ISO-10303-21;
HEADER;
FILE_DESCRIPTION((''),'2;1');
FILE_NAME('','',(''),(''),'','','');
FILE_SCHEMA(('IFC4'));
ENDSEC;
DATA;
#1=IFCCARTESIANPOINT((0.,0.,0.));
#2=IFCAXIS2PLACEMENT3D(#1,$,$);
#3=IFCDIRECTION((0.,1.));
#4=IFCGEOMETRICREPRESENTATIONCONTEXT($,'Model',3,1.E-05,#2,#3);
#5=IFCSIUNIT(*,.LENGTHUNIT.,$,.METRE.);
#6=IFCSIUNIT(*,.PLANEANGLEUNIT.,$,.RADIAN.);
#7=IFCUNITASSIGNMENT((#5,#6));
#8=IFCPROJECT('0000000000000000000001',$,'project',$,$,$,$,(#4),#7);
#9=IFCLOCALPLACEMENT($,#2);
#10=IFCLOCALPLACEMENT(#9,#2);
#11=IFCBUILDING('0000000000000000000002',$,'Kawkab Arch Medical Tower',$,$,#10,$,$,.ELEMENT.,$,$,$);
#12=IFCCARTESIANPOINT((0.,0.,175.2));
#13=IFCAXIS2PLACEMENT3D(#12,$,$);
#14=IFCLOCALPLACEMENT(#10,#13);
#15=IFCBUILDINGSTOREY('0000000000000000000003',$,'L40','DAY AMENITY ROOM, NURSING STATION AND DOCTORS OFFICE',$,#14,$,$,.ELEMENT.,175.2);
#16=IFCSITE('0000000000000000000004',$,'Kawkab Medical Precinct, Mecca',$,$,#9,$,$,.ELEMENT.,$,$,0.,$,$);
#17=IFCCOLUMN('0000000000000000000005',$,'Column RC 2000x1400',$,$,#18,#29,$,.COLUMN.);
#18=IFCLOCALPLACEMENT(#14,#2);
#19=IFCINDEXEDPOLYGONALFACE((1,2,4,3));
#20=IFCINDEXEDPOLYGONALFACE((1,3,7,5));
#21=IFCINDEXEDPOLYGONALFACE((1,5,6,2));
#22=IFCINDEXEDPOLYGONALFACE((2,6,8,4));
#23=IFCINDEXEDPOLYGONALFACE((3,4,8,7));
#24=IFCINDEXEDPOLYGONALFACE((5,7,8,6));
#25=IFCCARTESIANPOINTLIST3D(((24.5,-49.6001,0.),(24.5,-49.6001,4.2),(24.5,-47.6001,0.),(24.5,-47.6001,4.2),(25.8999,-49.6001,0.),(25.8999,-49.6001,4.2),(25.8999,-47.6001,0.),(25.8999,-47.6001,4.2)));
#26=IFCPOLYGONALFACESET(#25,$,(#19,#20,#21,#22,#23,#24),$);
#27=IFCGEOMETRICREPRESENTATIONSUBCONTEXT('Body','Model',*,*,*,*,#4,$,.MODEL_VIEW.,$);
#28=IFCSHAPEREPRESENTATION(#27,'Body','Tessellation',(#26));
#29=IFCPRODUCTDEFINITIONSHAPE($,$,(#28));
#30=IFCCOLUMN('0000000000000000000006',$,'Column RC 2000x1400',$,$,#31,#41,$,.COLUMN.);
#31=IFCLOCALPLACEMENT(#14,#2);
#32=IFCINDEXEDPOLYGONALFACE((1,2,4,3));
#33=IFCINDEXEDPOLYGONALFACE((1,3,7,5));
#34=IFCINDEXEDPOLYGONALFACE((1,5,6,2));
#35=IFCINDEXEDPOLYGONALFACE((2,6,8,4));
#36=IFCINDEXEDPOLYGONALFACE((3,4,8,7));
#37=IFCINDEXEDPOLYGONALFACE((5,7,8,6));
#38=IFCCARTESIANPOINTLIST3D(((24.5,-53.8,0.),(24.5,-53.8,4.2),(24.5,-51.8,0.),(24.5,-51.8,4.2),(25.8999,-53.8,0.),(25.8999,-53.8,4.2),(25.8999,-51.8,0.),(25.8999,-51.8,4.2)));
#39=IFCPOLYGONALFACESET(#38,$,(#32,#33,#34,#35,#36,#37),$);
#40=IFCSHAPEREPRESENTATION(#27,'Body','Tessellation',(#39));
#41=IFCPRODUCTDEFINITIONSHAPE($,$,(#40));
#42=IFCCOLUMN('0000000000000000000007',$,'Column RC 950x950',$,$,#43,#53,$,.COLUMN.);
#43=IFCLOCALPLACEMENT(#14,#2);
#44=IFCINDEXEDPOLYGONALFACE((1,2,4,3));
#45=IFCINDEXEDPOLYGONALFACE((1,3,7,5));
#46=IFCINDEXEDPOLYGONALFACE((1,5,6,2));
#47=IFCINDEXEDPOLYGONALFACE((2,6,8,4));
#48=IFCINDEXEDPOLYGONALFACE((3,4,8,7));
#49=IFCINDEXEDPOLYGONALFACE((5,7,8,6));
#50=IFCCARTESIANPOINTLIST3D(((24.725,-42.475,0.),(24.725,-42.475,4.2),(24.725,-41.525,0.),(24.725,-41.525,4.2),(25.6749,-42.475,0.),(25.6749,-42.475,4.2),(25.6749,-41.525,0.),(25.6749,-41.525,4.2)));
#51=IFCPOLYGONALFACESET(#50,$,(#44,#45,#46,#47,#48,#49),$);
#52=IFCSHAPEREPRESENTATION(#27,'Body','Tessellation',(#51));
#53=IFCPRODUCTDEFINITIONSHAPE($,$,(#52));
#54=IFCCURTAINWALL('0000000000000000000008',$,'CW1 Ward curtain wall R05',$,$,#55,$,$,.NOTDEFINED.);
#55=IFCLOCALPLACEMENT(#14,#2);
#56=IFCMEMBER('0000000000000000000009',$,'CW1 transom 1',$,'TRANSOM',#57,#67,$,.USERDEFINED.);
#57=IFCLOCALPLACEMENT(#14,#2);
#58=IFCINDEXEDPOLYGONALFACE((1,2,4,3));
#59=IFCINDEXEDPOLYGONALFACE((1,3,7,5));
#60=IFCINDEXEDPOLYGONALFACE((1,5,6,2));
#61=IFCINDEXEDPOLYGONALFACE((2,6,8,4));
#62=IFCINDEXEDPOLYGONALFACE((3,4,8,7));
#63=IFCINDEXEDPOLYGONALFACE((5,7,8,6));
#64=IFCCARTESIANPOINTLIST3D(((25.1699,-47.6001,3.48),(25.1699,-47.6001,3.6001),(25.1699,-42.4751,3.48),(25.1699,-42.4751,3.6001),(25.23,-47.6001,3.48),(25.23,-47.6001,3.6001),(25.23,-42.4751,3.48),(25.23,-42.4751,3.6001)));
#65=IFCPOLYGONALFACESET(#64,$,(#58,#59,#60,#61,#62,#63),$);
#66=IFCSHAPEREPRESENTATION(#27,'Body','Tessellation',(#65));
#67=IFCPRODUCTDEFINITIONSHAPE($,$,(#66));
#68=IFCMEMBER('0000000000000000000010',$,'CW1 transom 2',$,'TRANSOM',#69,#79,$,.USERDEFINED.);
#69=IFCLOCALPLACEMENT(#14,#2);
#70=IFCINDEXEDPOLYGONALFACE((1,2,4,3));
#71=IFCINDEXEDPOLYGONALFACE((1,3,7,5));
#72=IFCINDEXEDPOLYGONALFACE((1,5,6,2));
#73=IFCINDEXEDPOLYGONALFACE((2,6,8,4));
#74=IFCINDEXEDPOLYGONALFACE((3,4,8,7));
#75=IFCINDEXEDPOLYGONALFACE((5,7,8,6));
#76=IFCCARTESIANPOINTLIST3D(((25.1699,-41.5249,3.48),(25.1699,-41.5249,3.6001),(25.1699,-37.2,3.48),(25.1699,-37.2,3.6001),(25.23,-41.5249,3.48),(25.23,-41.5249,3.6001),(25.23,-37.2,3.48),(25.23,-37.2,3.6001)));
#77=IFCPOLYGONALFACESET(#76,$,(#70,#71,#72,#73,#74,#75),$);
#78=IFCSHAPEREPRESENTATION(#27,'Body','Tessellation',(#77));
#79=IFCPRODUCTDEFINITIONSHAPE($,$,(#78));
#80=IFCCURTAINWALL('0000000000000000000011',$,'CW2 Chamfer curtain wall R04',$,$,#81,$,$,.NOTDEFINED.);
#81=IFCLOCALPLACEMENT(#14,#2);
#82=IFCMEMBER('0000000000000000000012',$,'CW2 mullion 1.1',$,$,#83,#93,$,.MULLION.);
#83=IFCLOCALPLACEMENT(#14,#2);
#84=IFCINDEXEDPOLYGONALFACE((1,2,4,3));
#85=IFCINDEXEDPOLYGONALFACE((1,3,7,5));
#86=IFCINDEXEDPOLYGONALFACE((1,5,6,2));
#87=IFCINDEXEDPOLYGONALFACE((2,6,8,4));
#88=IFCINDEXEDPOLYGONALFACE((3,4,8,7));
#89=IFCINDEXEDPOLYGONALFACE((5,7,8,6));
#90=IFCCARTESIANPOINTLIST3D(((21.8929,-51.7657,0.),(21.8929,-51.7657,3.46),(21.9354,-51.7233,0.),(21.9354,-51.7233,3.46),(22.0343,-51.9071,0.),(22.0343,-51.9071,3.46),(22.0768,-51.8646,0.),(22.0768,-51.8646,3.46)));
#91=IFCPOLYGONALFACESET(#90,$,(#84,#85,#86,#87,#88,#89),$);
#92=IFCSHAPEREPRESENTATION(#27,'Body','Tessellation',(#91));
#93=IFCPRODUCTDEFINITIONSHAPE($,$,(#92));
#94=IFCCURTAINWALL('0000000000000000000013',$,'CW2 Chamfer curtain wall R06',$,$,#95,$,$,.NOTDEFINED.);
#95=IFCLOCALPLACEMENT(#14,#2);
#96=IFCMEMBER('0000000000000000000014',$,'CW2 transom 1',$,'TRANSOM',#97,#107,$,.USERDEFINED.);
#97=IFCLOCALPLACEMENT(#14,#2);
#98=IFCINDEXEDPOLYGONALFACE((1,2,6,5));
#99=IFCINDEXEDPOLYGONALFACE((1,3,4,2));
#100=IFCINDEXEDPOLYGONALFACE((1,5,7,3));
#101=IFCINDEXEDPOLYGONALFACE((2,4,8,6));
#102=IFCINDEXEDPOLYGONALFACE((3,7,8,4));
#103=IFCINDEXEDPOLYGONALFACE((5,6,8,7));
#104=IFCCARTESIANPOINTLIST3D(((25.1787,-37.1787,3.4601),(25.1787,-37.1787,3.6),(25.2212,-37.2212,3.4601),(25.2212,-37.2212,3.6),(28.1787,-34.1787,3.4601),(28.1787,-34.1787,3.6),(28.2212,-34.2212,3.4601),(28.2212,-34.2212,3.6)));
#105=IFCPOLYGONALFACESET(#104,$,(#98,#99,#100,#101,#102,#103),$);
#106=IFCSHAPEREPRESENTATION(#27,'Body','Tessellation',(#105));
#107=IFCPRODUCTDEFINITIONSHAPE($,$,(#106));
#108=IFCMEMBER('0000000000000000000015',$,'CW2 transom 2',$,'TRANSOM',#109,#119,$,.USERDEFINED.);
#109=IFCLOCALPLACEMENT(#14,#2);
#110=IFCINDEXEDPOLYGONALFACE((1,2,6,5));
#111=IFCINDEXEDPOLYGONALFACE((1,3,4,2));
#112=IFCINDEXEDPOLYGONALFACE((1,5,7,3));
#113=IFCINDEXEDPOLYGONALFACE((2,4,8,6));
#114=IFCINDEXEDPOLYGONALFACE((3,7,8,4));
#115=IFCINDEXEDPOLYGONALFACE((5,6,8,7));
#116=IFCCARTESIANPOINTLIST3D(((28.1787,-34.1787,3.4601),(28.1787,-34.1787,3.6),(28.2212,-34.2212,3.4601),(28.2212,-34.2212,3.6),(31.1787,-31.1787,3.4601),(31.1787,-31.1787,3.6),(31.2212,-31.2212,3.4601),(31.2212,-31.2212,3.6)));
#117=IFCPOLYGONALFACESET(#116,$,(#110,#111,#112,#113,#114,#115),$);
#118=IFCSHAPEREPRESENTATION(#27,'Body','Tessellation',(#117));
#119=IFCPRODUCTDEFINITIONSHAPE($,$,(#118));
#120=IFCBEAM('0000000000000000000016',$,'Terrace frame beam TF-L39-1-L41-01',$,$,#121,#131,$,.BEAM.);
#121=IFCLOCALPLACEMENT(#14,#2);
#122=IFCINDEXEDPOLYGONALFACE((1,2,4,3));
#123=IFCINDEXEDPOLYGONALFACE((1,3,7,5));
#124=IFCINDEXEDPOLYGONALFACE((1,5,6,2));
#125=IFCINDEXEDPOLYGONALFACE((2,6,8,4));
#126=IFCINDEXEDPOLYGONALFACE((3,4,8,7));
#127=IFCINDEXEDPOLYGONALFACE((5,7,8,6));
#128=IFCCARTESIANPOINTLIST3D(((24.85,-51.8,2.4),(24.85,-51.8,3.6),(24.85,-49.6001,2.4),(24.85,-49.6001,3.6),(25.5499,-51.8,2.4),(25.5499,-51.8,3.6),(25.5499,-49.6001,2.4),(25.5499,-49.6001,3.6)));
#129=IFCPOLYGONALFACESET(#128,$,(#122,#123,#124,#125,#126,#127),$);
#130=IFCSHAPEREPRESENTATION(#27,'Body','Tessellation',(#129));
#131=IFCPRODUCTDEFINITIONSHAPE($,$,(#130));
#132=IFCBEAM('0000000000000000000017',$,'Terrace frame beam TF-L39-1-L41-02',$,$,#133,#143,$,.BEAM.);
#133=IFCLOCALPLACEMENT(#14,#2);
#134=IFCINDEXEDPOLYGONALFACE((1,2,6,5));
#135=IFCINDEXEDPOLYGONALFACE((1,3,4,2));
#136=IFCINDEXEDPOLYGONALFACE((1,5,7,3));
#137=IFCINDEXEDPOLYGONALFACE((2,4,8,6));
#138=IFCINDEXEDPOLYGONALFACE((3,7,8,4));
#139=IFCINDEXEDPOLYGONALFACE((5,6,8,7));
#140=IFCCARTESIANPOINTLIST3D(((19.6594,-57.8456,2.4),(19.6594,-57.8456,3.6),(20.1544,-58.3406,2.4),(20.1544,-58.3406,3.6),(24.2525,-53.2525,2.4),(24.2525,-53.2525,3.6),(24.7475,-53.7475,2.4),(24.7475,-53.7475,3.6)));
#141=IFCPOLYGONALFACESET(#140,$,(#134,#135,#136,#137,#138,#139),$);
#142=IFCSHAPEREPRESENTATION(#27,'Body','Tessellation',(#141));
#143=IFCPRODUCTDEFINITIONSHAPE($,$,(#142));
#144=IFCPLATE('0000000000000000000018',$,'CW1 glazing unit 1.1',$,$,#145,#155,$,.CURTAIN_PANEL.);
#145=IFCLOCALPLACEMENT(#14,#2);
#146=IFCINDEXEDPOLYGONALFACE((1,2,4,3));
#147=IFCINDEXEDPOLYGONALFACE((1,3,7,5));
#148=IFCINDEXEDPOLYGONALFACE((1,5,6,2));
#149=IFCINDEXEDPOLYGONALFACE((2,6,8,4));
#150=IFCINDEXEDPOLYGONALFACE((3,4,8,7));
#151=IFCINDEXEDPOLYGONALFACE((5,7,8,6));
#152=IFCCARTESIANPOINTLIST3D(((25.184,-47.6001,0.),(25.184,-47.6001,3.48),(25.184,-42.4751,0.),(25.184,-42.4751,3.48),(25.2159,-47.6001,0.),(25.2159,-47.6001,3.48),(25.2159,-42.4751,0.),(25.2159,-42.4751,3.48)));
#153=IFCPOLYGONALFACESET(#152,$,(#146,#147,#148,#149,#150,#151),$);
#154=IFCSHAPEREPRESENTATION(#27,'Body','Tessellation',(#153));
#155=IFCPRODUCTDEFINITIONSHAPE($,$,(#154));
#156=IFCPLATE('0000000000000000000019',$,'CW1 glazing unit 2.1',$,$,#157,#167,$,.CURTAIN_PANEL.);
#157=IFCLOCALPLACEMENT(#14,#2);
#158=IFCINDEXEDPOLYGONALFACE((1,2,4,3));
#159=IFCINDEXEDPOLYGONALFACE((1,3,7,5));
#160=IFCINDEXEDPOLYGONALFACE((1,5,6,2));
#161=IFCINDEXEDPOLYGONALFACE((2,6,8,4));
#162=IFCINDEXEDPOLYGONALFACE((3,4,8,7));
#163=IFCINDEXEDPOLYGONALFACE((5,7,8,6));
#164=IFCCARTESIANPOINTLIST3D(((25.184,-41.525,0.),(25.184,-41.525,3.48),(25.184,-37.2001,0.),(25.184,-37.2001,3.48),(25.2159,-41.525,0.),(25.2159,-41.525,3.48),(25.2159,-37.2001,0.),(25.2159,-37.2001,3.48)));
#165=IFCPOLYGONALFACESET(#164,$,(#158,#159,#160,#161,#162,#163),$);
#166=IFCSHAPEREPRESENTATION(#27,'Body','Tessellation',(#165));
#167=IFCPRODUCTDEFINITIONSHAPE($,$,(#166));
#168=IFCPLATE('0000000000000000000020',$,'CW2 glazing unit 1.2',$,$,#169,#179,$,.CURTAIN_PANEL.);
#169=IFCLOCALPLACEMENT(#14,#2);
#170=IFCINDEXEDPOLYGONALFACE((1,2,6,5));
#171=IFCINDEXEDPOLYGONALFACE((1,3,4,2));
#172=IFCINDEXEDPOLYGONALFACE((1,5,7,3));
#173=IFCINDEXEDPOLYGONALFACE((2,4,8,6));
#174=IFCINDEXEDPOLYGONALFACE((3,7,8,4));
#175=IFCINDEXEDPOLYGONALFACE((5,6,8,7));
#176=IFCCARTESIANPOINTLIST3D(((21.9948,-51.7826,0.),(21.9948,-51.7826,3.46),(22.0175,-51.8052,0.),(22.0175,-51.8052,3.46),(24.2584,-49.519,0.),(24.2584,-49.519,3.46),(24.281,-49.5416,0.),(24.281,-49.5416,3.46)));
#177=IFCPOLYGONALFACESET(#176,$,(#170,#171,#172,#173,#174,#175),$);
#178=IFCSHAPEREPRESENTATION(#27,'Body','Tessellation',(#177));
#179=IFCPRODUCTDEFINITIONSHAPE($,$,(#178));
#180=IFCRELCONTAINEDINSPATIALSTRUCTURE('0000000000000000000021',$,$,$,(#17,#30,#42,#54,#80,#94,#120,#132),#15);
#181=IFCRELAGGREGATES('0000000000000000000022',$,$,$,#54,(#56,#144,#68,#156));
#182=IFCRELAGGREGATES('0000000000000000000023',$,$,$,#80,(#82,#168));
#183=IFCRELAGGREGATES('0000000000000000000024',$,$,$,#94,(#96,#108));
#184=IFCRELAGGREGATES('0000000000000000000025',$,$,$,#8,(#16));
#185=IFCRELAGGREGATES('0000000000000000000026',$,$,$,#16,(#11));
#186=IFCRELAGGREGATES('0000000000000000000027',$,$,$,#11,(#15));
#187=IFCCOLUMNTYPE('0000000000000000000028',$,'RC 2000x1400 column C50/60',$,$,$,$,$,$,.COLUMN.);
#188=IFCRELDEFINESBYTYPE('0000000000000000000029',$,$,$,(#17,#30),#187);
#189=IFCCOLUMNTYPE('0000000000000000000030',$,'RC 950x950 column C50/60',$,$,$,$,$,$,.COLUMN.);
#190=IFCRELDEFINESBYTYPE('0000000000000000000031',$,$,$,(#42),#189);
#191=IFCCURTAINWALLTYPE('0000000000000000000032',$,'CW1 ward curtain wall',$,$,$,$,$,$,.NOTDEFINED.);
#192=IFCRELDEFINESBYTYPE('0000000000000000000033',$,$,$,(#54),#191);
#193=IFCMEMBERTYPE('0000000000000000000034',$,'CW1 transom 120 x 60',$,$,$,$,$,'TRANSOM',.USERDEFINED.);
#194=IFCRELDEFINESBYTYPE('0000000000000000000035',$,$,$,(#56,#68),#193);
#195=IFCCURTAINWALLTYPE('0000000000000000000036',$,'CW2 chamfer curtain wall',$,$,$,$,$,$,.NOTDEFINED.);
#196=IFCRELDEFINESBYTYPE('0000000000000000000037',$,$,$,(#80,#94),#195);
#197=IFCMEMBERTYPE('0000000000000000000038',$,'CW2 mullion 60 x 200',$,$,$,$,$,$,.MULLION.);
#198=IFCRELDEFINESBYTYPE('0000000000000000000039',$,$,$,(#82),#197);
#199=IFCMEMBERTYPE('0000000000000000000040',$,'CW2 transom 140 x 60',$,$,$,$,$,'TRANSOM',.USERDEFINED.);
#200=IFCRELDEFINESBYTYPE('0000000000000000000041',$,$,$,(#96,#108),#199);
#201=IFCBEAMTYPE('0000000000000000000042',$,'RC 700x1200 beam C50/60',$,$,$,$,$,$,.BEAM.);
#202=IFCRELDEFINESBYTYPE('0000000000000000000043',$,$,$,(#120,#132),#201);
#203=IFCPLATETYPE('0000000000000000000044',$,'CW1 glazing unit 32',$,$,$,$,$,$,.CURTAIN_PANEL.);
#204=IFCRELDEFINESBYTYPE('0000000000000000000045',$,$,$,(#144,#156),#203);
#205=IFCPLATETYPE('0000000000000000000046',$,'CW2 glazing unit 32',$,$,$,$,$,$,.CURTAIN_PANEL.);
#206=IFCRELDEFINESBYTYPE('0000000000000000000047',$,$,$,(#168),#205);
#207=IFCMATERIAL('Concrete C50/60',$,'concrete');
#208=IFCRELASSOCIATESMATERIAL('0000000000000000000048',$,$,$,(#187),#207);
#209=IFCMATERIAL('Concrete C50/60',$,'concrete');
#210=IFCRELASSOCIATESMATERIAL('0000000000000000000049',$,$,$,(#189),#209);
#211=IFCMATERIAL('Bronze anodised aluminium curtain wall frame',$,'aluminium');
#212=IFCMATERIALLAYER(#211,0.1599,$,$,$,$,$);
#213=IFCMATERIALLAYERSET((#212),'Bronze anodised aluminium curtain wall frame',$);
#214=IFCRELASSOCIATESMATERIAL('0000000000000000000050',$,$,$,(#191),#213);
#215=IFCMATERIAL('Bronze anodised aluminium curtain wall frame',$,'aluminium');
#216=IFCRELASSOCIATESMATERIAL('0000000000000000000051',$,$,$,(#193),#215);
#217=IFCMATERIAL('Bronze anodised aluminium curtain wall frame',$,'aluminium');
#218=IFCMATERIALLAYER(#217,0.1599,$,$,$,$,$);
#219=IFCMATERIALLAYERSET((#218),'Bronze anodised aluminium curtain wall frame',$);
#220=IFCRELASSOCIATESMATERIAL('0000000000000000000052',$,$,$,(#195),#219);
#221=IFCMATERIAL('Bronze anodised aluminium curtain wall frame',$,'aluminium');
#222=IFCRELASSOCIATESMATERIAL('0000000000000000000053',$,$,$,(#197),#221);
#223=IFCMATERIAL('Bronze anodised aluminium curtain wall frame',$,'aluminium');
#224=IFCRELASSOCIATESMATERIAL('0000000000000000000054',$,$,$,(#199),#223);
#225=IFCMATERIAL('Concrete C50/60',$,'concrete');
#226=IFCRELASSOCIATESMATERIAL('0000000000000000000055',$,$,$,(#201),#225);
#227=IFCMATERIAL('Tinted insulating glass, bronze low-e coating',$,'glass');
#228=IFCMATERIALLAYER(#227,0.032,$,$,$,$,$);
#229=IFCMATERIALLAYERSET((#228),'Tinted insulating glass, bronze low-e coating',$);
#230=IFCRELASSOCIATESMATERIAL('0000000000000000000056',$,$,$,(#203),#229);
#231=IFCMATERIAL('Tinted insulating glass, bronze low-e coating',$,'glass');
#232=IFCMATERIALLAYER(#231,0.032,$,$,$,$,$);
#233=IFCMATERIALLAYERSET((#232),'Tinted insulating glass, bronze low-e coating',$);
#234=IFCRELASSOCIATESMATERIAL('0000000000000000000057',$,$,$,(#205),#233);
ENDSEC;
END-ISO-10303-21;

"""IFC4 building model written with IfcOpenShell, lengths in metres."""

from ifc_helpers import new_model, si_unit, direction, frame, origin, origin_2d, place, context, subcontext, project, spatial, rectangle, extrude, material, layer, layer_set, material_profile, profile_set, type_object, element, aggregate, save


model = new_model("IFC4")

# Units and contexts
model_context = context("Model", 3, precision=1e-05, world=origin(), true_north=direction((0.0, 1.0)))
body_context = subcontext(model_context, "Body", "Model", "MODEL_VIEW")
ifc_project = project(units=[si_unit("LENGTHUNIT", "METRE"), si_unit("PLANEANGLEUNIT", "RADIAN")], contexts=[model_context])

# Site, building, storey
site_placement = place(None, origin())
site = spatial("IfcSite", under=ifc_project, at=site_placement, Name="Kawkab Medical Precinct, Mecca", CompositionType="ELEMENT", RefElevation=0.0)
building_placement = place(site_placement, origin())
building = spatial("IfcBuilding", under=site, at=building_placement, Name="Kawkab Arch Medical Tower", CompositionType="ELEMENT")
storey_placement = place(building_placement, frame((0.0, 0.0, 175.2)))
storey = spatial("IfcBuildingStorey", under=building, at=storey_placement, Name="L40", Description="DAY AMENITY ROOM, NURSING STATION AND DOCTORS OFFICE", CompositionType="ELEMENT", Elevation=175.2)

# Columns
ifc_material_1 = material(Name="Concrete C50/60", Category="concrete")
ifc_material_profile_1 = material_profile(ifc_material_1, rectangle(XDim=2.0, YDim=1.3999, at=origin_2d()), Name="RC 2000x1400")
ifc_profile_set_1 = profile_set([ifc_material_profile_1], Name="Concrete C50/60")
column_type_1 = type_object("IfcColumnType", Name="RC 2000x1400 column C50/60", PredefinedType="COLUMN", material=ifc_profile_set_1)
for number, where, z_axis, x_axis, name in (
    (1, (25.2, -48.6001, 0.0), (0.0, 0.0, 1.0), (0.0, -1.0, 0.0), "Column RC 2000x1400"),
    (2, (25.2, -52.8, 0.0), (0.0, 0.0, 1.0), (0.0, -1.0, 0.0), "Column RC 2000x1400"),
):
    element("IfcColumn", number, at=place(storey_placement, frame(where, z_axis=z_axis, x_axis=x_axis)), inside=storey, type_object=column_type_1, Name=name, PredefinedType="COLUMN", context=body_context, shape_type="SweptSolid", body=[
        extrude(rectangle(XDim=2.0, YDim=1.3999, at=origin_2d()), origin(), (0.0, 0.0, 1.0), 4.2),
    ])
ifc_material_2 = material(Name="Concrete C50/60", Category="concrete")
ifc_material_profile_2 = material_profile(ifc_material_2, rectangle(XDim=0.95, YDim=0.95, at=origin_2d()), Name="RC 950x950")
ifc_profile_set_2 = profile_set([ifc_material_profile_2], Name="Concrete C50/60")
column_type_2 = type_object("IfcColumnType", Name="RC 950x950 column C50/60", PredefinedType="COLUMN", material=ifc_profile_set_2)
column_placement = place(storey_placement, frame((25.2, -42.0, 0.0), z_axis=(0.0, 0.0, 1.0), x_axis=(1.0, 0.0, 0.0)))
element("IfcColumn", 3, at=column_placement, inside=storey, type_object=column_type_2, Name="Column RC 950x950", PredefinedType="COLUMN", context=body_context, shape_type="SweptSolid", body=[
    extrude(rectangle(XDim=0.95, YDim=0.95, at=origin_2d()), origin(), (0.0, 0.0, 1.0), 4.2),
])

# Curtain wall, members
ifc_material_3 = material(Name="Bronze anodised aluminium curtain wall frame", Category="aluminium")
ifc_layer_1 = layer(ifc_material_3, 0.1599)
ifc_layer_set_1 = layer_set([ifc_layer_1], Name="Bronze anodised aluminium curtain wall frame")
curtain_wall_type_1 = type_object("IfcCurtainWallType", Name="CW1 ward curtain wall", PredefinedType="NOTDEFINED", material=ifc_layer_set_1)
placement = place(storey_placement, origin())
curtain_wall_1 = element("IfcCurtainWall", 4, at=placement, inside=storey, type_object=curtain_wall_type_1, Name="CW1 Ward curtain wall R05", PredefinedType="NOTDEFINED")
ifc_material_4 = material(Name="Bronze anodised aluminium curtain wall frame", Category="aluminium")
ifc_material_profile_3 = material_profile(ifc_material_4, rectangle(XDim=0.0601, YDim=0.1201, at=origin_2d()), Name="AL 60x120")
ifc_profile_set_3 = profile_set([ifc_material_profile_3], Name="Bronze anodised aluminium curtain wall frame")
member_type_1 = type_object("IfcMemberType", Name="CW1 transom 120 x 60", ElementType="TRANSOM", PredefinedType="USERDEFINED", material=ifc_profile_set_3)
member_1_placement = place(storey_placement, frame((25.2, -47.6001, 3.54), z_axis=(0.0, 1.0, 0.0), x_axis=(-1.0, 0.0, 0.0)))
member_1 = element("IfcMember", 5, at=member_1_placement, type_object=member_type_1, Name="CW1 transom 1", ObjectType="TRANSOM", PredefinedType="USERDEFINED", context=body_context, shape_type="SweptSolid", body=[
    extrude(rectangle(XDim=0.0601, YDim=0.1201, at=origin_2d()), origin(), (0.0, 0.0, 1.0), 5.125),
])
member_2_placement = place(storey_placement, frame((25.2, -41.5249, 3.54), z_axis=(0.0, 1.0, 0.0), x_axis=(-1.0, 0.0, 0.0)))
member_2 = element("IfcMember", 6, at=member_2_placement, type_object=member_type_1, Name="CW1 transom 2", ObjectType="TRANSOM", PredefinedType="USERDEFINED", context=body_context, shape_type="SweptSolid", body=[
    extrude(rectangle(XDim=0.0601, YDim=0.1201, at=origin_2d()), origin(), (0.0, 0.0, 1.0), 4.325),
])

# Curtain wall, member
ifc_material_5 = material(Name="Bronze anodised aluminium curtain wall frame", Category="aluminium")
ifc_layer_2 = layer(ifc_material_5, 0.1599)
ifc_layer_set_2 = layer_set([ifc_layer_2], Name="Bronze anodised aluminium curtain wall frame")
curtain_wall_type_2 = type_object("IfcCurtainWallType", Name="CW2 chamfer curtain wall", PredefinedType="NOTDEFINED", material=ifc_layer_set_2)
curtain_wall_2 = element("IfcCurtainWall", 7, at=placement, inside=storey, type_object=curtain_wall_type_2, Name="CW2 Chamfer curtain wall R04", PredefinedType="NOTDEFINED")
ifc_material_6 = material(Name="Bronze anodised aluminium curtain wall frame", Category="aluminium")
ifc_material_profile_4 = material_profile(ifc_material_6, rectangle(XDim=0.2, YDim=0.0601, at=origin_2d()), Name="AL 60x200")
ifc_profile_set_4 = profile_set([ifc_material_profile_4], Name="Bronze anodised aluminium curtain wall frame")
member_type_2 = type_object("IfcMemberType", Name="CW2 mullion 60 x 200", PredefinedType="MULLION", material=ifc_profile_set_4)
member_3_placement = place(storey_placement, frame((21.9849, -51.8152, 0.0), z_axis=(0.0, 0.0, 1.0), x_axis=(-0.707107, 0.707107, 0.0)))
member_3 = element("IfcMember", 8, at=member_3_placement, type_object=member_type_2, Name="CW2 mullion 1.1", PredefinedType="MULLION", context=body_context, shape_type="SweptSolid", body=[
    extrude(rectangle(XDim=0.2, YDim=0.0601, at=origin_2d()), origin(), (0.0, 0.0, 1.0), 3.46),
])

# Curtain wall, members
curtain_wall_3 = element("IfcCurtainWall", 9, at=placement, inside=storey, type_object=curtain_wall_type_2, Name="CW2 Chamfer curtain wall R06", PredefinedType="NOTDEFINED")
ifc_material_7 = material(Name="Bronze anodised aluminium curtain wall frame", Category="aluminium")
ifc_material_profile_5 = material_profile(ifc_material_7, rectangle(XDim=0.0601, YDim=0.1399, at=origin_2d()), Name="AL 60x140")
ifc_profile_set_5 = profile_set([ifc_material_profile_5], Name="Bronze anodised aluminium curtain wall frame")
member_type_3 = type_object("IfcMemberType", Name="CW2 transom 140 x 60", ElementType="TRANSOM", PredefinedType="USERDEFINED", material=ifc_profile_set_5)
member_4_placement = place(storey_placement, frame((25.2, -37.2, 3.53), z_axis=(0.707107, 0.707107, 0.0), x_axis=(-0.707107, 0.707107, 0.0)))
member_4 = element("IfcMember", 10, at=member_4_placement, type_object=member_type_3, Name="CW2 transom 1", ObjectType="TRANSOM", PredefinedType="USERDEFINED", context=body_context, shape_type="SweptSolid", body=[
    extrude(rectangle(XDim=0.0601, YDim=0.1399, at=origin_2d()), origin(), (0.0, 0.0, 1.0), 4.2427),
])
member_5_placement = place(storey_placement, frame((28.2, -34.2, 3.53), z_axis=(0.707107, 0.707107, 0.0), x_axis=(-0.707107, 0.707107, 0.0)))
member_5 = element("IfcMember", 11, at=member_5_placement, type_object=member_type_3, Name="CW2 transom 2", ObjectType="TRANSOM", PredefinedType="USERDEFINED", context=body_context, shape_type="SweptSolid", body=[
    extrude(rectangle(XDim=0.0601, YDim=0.1399, at=origin_2d()), origin(), (0.0, 0.0, 1.0), 4.2427),
])

# Beams
ifc_material_8 = material(Name="Concrete C50/60", Category="concrete")
ifc_material_profile_6 = material_profile(ifc_material_8, rectangle(XDim=0.7, YDim=1.2, at=origin_2d()), Name="RC 700x1200")
ifc_profile_set_6 = profile_set([ifc_material_profile_6], Name="Concrete C50/60")
beam_type = type_object("IfcBeamType", Name="RC 700x1200 beam C50/60", PredefinedType="BEAM", material=ifc_profile_set_6)
beam_1_placement = place(storey_placement, frame((25.2, -49.6001, 3.0), z_axis=(0.0, -1.0, 0.0), x_axis=(1.0, 0.0, 0.0)))
element("IfcBeam", 12, at=beam_1_placement, inside=storey, type_object=beam_type, Name="Terrace frame beam TF-L39-1-L41-01", PredefinedType="BEAM", context=body_context, shape_type="SweptSolid", body=[
    extrude(rectangle(XDim=0.7, YDim=1.2, at=origin_2d()), origin(), (0.0, 0.0, 1.0), 2.2),
])
beam_2_placement = place(storey_placement, frame((24.5, -53.5, 3.0), z_axis=(-0.707107, -0.707107, 0.0), x_axis=(0.707107, -0.707107, 0.0)))
element("IfcBeam", 13, at=beam_2_placement, inside=storey, type_object=beam_type, Name="Terrace frame beam TF-L39-1-L41-02", PredefinedType="BEAM", context=body_context, shape_type="SweptSolid", body=[
    extrude(rectangle(XDim=0.7, YDim=1.2, at=origin_2d()), origin(), (0.0, 0.0, 1.0), 6.4956),
])

# Plates
ifc_material_9 = material(Name="Tinted insulating glass, bronze low-e coating", Category="glass")
ifc_layer_3 = layer(ifc_material_9, 0.032)
ifc_layer_set_3 = layer_set([ifc_layer_3], Name="Tinted insulating glass, bronze low-e coating")
plate_type_1 = type_object("IfcPlateType", Name="CW1 glazing unit 32", PredefinedType="CURTAIN_PANEL", material=ifc_layer_set_3)
plate_1_placement = place(storey_placement, frame((25.2, -45.0376, 0.0), z_axis=(0.0, 0.0, 1.0), x_axis=(0.0, 1.0, 0.0)))
plate_1 = element("IfcPlate", 14, at=plate_1_placement, type_object=plate_type_1, Name="CW1 glazing unit 1.1", PredefinedType="CURTAIN_PANEL", context=body_context, shape_type="SweptSolid", body=[
    extrude(rectangle(XDim=5.125, YDim=0.032, at=origin_2d()), origin(), (0.0, 0.0, 1.0), 3.48),
])
plate_2_placement = place(storey_placement, frame((25.2, -39.3625, 0.0), z_axis=(0.0, 0.0, 1.0), x_axis=(0.0, 1.0, 0.0)))
plate_2 = element("IfcPlate", 15, at=plate_2_placement, type_object=plate_type_1, Name="CW1 glazing unit 2.1", PredefinedType="CURTAIN_PANEL", context=body_context, shape_type="SweptSolid", body=[
    extrude(rectangle(XDim=4.325, YDim=0.032, at=origin_2d()), origin(), (0.0, 0.0, 1.0), 3.48),
])
aggregate(curtain_wall_1, [member_1, plate_1, member_2, plate_2])
ifc_material_10 = material(Name="Tinted insulating glass, bronze low-e coating", Category="glass")
ifc_layer_4 = layer(ifc_material_10, 0.032)
ifc_layer_set_4 = layer_set([ifc_layer_4], Name="Tinted insulating glass, bronze low-e coating")
plate_type_2 = type_object("IfcPlateType", Name="CW2 glazing unit 32", PredefinedType="CURTAIN_PANEL", material=ifc_layer_set_4)
plate_3_placement = place(storey_placement, frame((23.1379, -50.6621, 0.0), z_axis=(0.0, 0.0, 1.0), x_axis=(0.707107, 0.707107, 0.0)))
plate_3 = element("IfcPlate", 16, at=plate_3_placement, type_object=plate_type_2, Name="CW2 glazing unit 1.2", PredefinedType="CURTAIN_PANEL", context=body_context, shape_type="SweptSolid", body=[
    extrude(rectangle(XDim=3.2012, YDim=0.032, at=origin_2d()), origin(), (0.0, 0.0, 1.0), 3.46),
])
aggregate(curtain_wall_2, [member_3, plate_3])
aggregate(curtain_wall_3, [member_4, member_5])

save(model, "model.ifc")
